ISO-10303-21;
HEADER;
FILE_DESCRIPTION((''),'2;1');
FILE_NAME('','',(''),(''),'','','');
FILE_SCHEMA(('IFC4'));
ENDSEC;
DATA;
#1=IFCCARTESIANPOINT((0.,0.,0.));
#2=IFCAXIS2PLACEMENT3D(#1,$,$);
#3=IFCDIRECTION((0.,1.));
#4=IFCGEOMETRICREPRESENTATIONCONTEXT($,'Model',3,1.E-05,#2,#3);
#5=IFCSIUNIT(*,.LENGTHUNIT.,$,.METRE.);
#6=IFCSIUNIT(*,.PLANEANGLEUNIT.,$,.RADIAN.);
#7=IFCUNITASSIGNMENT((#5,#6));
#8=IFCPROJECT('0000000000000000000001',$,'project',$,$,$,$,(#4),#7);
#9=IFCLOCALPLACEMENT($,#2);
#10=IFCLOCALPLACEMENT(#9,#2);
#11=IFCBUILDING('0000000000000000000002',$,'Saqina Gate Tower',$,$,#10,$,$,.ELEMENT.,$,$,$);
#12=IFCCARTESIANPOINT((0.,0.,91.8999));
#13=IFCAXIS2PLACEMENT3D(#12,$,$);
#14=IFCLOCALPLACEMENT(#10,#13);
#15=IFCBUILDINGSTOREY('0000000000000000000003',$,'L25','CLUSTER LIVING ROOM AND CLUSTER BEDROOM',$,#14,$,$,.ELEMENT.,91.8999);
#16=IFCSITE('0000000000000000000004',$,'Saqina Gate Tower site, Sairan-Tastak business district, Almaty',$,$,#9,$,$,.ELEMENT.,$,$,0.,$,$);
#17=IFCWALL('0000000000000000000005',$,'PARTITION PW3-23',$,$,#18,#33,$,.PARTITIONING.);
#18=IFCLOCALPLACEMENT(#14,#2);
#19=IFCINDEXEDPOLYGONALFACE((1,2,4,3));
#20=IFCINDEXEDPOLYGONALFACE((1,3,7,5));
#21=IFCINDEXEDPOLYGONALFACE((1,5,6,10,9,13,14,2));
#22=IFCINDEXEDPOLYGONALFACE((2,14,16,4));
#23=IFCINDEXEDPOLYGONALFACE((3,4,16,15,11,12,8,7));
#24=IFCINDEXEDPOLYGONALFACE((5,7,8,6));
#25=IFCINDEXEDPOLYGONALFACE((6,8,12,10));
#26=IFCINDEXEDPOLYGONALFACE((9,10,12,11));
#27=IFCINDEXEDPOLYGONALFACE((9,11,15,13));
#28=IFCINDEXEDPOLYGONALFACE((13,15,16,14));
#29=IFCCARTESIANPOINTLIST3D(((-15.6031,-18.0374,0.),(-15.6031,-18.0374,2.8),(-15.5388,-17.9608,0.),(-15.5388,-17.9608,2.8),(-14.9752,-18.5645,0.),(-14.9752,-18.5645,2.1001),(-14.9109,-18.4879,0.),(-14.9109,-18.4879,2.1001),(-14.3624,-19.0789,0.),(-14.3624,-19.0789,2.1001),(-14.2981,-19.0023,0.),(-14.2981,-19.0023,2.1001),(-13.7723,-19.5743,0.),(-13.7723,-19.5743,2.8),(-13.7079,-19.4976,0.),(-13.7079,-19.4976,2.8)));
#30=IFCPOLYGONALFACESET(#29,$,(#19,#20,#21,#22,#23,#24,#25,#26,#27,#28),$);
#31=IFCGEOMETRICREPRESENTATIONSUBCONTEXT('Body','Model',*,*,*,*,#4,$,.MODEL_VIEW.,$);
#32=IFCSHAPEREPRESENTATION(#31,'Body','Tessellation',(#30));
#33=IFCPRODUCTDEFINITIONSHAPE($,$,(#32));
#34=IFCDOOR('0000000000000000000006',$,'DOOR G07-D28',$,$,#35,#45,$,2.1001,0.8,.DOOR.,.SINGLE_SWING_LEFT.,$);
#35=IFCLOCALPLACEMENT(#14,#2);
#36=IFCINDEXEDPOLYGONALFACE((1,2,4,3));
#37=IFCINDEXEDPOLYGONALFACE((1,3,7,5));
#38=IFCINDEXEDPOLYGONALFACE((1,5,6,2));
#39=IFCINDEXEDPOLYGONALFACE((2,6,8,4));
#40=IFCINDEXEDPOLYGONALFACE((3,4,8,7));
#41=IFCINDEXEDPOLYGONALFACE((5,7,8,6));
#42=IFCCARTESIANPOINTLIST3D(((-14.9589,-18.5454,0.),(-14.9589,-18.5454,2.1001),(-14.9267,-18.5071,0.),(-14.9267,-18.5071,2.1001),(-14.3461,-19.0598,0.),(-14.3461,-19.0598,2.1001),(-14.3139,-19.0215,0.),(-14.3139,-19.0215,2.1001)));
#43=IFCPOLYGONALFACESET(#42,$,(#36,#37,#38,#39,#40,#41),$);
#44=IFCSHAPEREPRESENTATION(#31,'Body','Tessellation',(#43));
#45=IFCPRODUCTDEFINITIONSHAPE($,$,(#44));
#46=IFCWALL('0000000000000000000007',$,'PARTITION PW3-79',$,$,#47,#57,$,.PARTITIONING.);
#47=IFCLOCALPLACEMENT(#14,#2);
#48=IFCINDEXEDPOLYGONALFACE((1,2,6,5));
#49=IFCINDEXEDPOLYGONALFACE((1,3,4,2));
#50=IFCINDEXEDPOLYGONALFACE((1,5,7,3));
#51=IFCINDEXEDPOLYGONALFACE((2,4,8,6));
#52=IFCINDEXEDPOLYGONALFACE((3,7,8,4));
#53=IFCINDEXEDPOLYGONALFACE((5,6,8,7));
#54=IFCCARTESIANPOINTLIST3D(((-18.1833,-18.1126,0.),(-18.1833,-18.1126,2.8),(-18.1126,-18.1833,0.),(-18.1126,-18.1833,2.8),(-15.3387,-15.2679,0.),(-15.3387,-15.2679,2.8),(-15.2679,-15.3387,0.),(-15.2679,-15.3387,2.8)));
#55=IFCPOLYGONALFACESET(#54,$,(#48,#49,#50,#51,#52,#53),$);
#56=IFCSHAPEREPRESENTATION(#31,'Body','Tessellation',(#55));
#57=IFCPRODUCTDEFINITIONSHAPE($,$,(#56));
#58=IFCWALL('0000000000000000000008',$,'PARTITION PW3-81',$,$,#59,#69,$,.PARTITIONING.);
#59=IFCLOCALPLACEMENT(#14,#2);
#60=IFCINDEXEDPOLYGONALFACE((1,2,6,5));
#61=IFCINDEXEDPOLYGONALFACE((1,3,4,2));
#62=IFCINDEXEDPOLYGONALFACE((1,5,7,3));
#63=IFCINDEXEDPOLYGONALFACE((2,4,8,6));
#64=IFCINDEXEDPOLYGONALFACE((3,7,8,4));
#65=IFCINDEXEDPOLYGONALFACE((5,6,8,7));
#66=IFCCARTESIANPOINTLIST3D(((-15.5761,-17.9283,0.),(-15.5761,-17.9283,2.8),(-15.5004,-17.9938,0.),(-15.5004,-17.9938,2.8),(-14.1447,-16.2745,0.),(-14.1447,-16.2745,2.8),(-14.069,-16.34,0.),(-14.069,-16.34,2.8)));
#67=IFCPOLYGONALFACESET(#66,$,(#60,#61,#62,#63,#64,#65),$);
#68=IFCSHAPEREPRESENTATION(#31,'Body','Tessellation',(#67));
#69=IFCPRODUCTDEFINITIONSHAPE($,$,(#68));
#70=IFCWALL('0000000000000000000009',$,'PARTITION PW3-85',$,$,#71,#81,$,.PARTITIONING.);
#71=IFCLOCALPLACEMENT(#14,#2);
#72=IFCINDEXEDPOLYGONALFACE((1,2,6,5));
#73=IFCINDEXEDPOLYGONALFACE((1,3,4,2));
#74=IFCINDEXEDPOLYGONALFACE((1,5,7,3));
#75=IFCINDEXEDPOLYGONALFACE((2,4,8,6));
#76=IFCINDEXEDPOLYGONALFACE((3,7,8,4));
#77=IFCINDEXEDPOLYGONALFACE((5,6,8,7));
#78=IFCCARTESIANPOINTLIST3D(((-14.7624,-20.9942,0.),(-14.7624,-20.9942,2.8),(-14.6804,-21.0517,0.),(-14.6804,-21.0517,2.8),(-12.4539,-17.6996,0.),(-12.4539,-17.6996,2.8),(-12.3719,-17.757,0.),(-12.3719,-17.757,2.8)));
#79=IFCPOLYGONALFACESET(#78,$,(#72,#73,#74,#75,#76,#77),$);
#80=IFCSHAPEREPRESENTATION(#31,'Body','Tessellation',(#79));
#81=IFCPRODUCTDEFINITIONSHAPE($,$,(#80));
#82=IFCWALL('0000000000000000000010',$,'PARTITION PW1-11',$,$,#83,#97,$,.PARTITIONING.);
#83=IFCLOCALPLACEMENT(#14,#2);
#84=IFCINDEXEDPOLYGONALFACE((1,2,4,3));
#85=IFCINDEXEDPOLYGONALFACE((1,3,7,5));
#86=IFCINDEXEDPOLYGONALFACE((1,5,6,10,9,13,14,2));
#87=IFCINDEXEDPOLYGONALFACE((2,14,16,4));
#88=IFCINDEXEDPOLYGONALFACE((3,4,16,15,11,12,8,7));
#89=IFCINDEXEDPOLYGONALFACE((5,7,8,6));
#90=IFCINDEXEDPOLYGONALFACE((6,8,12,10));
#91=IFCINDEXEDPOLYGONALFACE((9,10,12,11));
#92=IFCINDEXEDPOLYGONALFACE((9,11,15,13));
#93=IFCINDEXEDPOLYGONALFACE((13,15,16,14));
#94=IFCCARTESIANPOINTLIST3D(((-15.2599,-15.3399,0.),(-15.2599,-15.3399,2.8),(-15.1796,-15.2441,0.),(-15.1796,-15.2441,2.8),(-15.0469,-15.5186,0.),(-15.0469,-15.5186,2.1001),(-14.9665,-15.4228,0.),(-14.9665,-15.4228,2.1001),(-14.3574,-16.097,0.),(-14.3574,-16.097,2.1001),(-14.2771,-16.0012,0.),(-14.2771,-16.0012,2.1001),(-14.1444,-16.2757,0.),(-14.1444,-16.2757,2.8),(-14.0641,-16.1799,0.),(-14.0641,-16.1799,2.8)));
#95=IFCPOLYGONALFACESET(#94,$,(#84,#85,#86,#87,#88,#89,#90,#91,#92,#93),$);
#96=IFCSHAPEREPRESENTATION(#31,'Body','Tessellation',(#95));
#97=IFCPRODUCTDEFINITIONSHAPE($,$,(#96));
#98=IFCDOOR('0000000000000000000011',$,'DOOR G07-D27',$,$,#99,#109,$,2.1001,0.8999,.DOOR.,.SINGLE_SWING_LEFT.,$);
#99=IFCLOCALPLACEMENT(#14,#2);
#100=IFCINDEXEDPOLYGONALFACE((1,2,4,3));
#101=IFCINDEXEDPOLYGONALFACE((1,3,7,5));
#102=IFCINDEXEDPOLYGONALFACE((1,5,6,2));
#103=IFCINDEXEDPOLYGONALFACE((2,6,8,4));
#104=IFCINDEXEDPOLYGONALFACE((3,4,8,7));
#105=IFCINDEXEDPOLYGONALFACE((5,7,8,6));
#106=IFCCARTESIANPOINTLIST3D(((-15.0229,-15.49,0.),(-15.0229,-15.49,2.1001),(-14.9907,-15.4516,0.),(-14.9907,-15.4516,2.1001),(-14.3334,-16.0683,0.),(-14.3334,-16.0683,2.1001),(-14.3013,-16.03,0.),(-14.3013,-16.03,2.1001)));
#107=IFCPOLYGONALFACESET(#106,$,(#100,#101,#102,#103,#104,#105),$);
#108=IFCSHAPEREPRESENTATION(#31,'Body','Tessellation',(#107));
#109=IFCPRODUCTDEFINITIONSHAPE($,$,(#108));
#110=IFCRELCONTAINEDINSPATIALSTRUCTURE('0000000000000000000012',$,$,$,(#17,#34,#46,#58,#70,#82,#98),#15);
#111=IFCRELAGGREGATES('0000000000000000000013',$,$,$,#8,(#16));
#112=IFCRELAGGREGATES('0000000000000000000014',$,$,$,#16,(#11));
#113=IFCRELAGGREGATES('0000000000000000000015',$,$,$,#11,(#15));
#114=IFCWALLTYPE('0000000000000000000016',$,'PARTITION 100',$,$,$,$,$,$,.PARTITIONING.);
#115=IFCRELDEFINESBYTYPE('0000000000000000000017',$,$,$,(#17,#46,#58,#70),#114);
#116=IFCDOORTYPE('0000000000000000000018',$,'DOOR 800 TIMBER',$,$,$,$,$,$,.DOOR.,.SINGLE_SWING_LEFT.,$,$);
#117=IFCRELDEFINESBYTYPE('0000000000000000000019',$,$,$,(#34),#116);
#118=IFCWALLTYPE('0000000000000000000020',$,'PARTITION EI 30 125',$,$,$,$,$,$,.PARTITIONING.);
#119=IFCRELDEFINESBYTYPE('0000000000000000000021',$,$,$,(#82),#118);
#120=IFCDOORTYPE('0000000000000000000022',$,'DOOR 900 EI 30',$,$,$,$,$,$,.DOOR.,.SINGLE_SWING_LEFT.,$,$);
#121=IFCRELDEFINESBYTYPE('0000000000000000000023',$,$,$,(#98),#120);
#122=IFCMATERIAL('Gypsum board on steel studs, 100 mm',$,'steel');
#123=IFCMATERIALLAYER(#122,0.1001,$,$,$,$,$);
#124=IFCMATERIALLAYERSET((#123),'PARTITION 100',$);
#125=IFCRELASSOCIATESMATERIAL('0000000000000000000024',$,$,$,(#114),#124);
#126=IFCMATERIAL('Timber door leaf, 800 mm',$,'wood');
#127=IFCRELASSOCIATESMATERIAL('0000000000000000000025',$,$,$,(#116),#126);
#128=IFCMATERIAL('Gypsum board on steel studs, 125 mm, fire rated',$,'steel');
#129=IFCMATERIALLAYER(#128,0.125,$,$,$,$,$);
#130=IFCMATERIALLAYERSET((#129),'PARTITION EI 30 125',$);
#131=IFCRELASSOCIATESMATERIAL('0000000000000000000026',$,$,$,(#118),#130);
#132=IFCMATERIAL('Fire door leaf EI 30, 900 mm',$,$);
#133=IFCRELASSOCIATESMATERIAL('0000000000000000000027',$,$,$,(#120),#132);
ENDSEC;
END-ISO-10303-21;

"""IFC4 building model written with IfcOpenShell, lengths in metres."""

from ifc_helpers import new_model, si_unit, direction, frame, frame_2d, origin, place, context, subcontext, project, spatial, rectangle, extrude, material, layer, layer_set, type_object, element, fill, save


model = new_model("IFC4")

# Units and contexts
model_context = context("Model", 3, precision=1e-05, world=origin(), true_north=direction((0.0, 1.0)))
body_context = subcontext(model_context, "Body", "Model", "MODEL_VIEW")
ifc_project = project(units=[si_unit("LENGTHUNIT", "METRE"), si_unit("PLANEANGLEUNIT", "RADIAN")], contexts=[model_context])

# Site, building, storey
site_placement = place(None, origin())
site = spatial("IfcSite", under=ifc_project, at=site_placement, Name="Saqina Gate Tower site, Sairan-Tastak business district, Almaty", CompositionType="ELEMENT", RefElevation=0.0)
building_placement = place(site_placement, origin())
building = spatial("IfcBuilding", under=site, at=building_placement, Name="Saqina Gate Tower", CompositionType="ELEMENT")
storey_placement = place(building_placement, frame((0.0, 0.0, 91.8999)))
storey = spatial("IfcBuildingStorey", under=building, at=storey_placement, Name="L25", Description="CLUSTER LIVING ROOM AND CLUSTER BEDROOM", CompositionType="ELEMENT", Elevation=91.8999)

# Wall, opening, door
ifc_material_1 = material(Name="Gypsum board on steel studs, 100 mm", Category="steel")
ifc_layer_1 = layer(ifc_material_1, 0.1001)
ifc_layer_set_1 = layer_set([ifc_layer_1], Name="PARTITION 100")
wall_type_1 = type_object("IfcWallType", Name="PARTITION 100", PredefinedType="PARTITIONING", material=ifc_layer_set_1)
ifc_material_2 = material(Name="Timber door leaf, 800 mm", Category="wood")
door_type_1 = type_object("IfcDoorType", Name="DOOR 800 TIMBER", OperationType="SINGLE_SWING_LEFT", PredefinedType="DOOR", material=ifc_material_2)
wall_1_placement = place(storey_placement, frame((-15.571, -17.999, 0.0), z_axis=(0.0, 0.0, 1.0), x_axis=(0.765914, -0.642943, 0.0)))
wall_1 = element("IfcWall", 1, at=wall_1_placement, inside=storey, type_object=wall_type_1, Name="PARTITION PW3-23", PredefinedType="PARTITIONING", context=body_context, shape_type="SweptSolid", body=[
    extrude(rectangle(XDim=2.3904, YDim=0.1001, at=frame_2d((1.1953, 0.0))), origin(), (0.0, 0.0, 1.0), 2.8),
])
opening_1_placement = place(wall_1_placement, frame((0.8201, 0.0, 0.0)))
opening_1 = element("IfcOpeningElement", 2, at=opening_1_placement, cuts=wall_1, PredefinedType="OPENING", context=body_context, shape_type="SweptSolid", body=[
    extrude(rectangle(XDim=0.8, YDim=2.1001, at=frame_2d((0.3999, 1.05))), frame((0.0, 0.062, 0.0), z_axis=(0.0, -1.0, 0.0), x_axis=(1.0, 0.0, 0.0)), (0.0, 0.0, 1.0), 0.124),
])
door_1_placement = place(opening_1_placement, frame((0.8, 0.0, 0.0), z_axis=(0.0, 0.0, 1.0), x_axis=(-1.0, 0.0, 0.0)))
door_1 = element("IfcDoor", 3, at=door_1_placement, inside=storey, type_object=door_type_1, Name="DOOR G07-D28", OperationType="SINGLE_SWING_LEFT", OverallHeight=2.1001, OverallWidth=0.8, PredefinedType="DOOR", context=body_context, shape_type="SweptSolid", body=[
    extrude(rectangle(XDim=0.8, YDim=2.1001, at=frame_2d((0.3999, 1.05))), frame((0.0, 0.0249, 0.0), z_axis=(0.0, -1.0, 0.0), x_axis=(1.0, 0.0, 0.0)), (0.0, 0.0, 1.0), 0.05),
])
fill(opening_1, door_1)

# Walls
wall_2_placement = place(storey_placement, frame((-18.1479, -18.1479, 0.0), z_axis=(0.0, 0.0, 1.0), x_axis=(0.707107, 0.707107, 0.0)))
element("IfcWall", 4, at=wall_2_placement, inside=storey, type_object=wall_type_1, Name="PARTITION PW3-79", PredefinedType="PARTITIONING", context=body_context, shape_type="SweptSolid", body=[
    extrude(rectangle(XDim=4.0229, YDim=0.1001, at=frame_2d((2.0115, 0.0))), origin(), (0.0, 0.0, 1.0), 2.8),
])
wall_3_placement = place(storey_placement, frame((-15.5383, -17.9612, 0.0), z_axis=(0.0, 0.0, 1.0), x_axis=(0.654433, 0.75612, 0.0)))
element("IfcWall", 5, at=wall_3_placement, inside=storey, type_object=wall_type_1, Name="PARTITION PW3-81", PredefinedType="PARTITIONING", context=body_context, shape_type="SweptSolid", body=[
    extrude(rectangle(XDim=2.1873, YDim=0.1001, at=frame_2d((1.0938, 0.0))), origin(), (0.0, 0.0, 1.0), 2.8),
])
wall_4_placement = place(storey_placement, frame((-14.7214, -21.0229, 0.0), z_axis=(0.0, 0.0, 1.0), x_axis=(0.573849, 0.818961, 0.0)))
element("IfcWall", 6, at=wall_4_placement, inside=storey, type_object=wall_type_1, Name="PARTITION PW3-85", PredefinedType="PARTITIONING", context=body_context, shape_type="SweptSolid", body=[
    extrude(rectangle(XDim=4.0229, YDim=0.1001, at=frame_2d((2.0115, 0.0))), origin(), (0.0, 0.0, 1.0), 2.8),
])

# Wall, opening, door
ifc_material_3 = material(Name="Gypsum board on steel studs, 125 mm, fire rated", Category="steel")
ifc_layer_2 = layer(ifc_material_3, 0.125)
ifc_layer_set_2 = layer_set([ifc_layer_2], Name="PARTITION EI 30 125")
wall_type_2 = type_object("IfcWallType", Name="PARTITION EI 30 125", PredefinedType="PARTITIONING", material=ifc_layer_set_2)
wall_5_placement = place(storey_placement, frame((-15.2197, -15.292, 0.0), z_axis=(0.0, 0.0, 1.0), x_axis=(0.766114, -0.642704, 0.0)))
wall_5 = element("IfcWall", 7, at=wall_5_placement, inside=storey, type_object=wall_type_2, Name="PARTITION PW1-11", PredefinedType="PARTITIONING", context=body_context, shape_type="SweptSolid", body=[
    extrude(rectangle(XDim=1.4561, YDim=0.125, at=frame_2d((0.728, 0.0))), origin(), (0.0, 0.0, 1.0), 2.8),
])
opening_2_placement = place(wall_5_placement, frame((0.2781, 0.0, 0.0)))
opening_2 = element("IfcOpeningElement", 8, at=opening_2_placement, cuts=wall_5, PredefinedType="OPENING", context=body_context, shape_type="SweptSolid", body=[
    extrude(rectangle(XDim=0.8999, YDim=2.1001, at=frame_2d((0.45, 1.05))), frame((0.0, 0.0745, 0.0), z_axis=(0.0, -1.0, 0.0), x_axis=(1.0, 0.0, 0.0)), (0.0, 0.0, 1.0), 0.1489),
])
ifc_material_4 = material(Name="Fire door leaf EI 30, 900 mm")
door_type_2 = type_object("IfcDoorType", Name="DOOR 900 EI 30", OperationType="SINGLE_SWING_LEFT", PredefinedType="DOOR", material=ifc_material_4)
door_2_placement = place(opening_2_placement, origin())
door_2 = element("IfcDoor", 9, at=door_2_placement, inside=storey, type_object=door_type_2, Name="DOOR G07-D27", OperationType="SINGLE_SWING_LEFT", OverallHeight=2.1001, OverallWidth=0.8999, PredefinedType="DOOR", context=body_context, shape_type="SweptSolid", body=[
    extrude(rectangle(XDim=0.8999, YDim=2.1001, at=frame_2d((0.45, 1.05))), frame((0.0, 0.0249, 0.0), z_axis=(0.0, -1.0, 0.0), x_axis=(1.0, 0.0, 0.0)), (0.0, 0.0, 1.0), 0.05),
])
fill(opening_2, door_2)

save(model, "model.ifc")
